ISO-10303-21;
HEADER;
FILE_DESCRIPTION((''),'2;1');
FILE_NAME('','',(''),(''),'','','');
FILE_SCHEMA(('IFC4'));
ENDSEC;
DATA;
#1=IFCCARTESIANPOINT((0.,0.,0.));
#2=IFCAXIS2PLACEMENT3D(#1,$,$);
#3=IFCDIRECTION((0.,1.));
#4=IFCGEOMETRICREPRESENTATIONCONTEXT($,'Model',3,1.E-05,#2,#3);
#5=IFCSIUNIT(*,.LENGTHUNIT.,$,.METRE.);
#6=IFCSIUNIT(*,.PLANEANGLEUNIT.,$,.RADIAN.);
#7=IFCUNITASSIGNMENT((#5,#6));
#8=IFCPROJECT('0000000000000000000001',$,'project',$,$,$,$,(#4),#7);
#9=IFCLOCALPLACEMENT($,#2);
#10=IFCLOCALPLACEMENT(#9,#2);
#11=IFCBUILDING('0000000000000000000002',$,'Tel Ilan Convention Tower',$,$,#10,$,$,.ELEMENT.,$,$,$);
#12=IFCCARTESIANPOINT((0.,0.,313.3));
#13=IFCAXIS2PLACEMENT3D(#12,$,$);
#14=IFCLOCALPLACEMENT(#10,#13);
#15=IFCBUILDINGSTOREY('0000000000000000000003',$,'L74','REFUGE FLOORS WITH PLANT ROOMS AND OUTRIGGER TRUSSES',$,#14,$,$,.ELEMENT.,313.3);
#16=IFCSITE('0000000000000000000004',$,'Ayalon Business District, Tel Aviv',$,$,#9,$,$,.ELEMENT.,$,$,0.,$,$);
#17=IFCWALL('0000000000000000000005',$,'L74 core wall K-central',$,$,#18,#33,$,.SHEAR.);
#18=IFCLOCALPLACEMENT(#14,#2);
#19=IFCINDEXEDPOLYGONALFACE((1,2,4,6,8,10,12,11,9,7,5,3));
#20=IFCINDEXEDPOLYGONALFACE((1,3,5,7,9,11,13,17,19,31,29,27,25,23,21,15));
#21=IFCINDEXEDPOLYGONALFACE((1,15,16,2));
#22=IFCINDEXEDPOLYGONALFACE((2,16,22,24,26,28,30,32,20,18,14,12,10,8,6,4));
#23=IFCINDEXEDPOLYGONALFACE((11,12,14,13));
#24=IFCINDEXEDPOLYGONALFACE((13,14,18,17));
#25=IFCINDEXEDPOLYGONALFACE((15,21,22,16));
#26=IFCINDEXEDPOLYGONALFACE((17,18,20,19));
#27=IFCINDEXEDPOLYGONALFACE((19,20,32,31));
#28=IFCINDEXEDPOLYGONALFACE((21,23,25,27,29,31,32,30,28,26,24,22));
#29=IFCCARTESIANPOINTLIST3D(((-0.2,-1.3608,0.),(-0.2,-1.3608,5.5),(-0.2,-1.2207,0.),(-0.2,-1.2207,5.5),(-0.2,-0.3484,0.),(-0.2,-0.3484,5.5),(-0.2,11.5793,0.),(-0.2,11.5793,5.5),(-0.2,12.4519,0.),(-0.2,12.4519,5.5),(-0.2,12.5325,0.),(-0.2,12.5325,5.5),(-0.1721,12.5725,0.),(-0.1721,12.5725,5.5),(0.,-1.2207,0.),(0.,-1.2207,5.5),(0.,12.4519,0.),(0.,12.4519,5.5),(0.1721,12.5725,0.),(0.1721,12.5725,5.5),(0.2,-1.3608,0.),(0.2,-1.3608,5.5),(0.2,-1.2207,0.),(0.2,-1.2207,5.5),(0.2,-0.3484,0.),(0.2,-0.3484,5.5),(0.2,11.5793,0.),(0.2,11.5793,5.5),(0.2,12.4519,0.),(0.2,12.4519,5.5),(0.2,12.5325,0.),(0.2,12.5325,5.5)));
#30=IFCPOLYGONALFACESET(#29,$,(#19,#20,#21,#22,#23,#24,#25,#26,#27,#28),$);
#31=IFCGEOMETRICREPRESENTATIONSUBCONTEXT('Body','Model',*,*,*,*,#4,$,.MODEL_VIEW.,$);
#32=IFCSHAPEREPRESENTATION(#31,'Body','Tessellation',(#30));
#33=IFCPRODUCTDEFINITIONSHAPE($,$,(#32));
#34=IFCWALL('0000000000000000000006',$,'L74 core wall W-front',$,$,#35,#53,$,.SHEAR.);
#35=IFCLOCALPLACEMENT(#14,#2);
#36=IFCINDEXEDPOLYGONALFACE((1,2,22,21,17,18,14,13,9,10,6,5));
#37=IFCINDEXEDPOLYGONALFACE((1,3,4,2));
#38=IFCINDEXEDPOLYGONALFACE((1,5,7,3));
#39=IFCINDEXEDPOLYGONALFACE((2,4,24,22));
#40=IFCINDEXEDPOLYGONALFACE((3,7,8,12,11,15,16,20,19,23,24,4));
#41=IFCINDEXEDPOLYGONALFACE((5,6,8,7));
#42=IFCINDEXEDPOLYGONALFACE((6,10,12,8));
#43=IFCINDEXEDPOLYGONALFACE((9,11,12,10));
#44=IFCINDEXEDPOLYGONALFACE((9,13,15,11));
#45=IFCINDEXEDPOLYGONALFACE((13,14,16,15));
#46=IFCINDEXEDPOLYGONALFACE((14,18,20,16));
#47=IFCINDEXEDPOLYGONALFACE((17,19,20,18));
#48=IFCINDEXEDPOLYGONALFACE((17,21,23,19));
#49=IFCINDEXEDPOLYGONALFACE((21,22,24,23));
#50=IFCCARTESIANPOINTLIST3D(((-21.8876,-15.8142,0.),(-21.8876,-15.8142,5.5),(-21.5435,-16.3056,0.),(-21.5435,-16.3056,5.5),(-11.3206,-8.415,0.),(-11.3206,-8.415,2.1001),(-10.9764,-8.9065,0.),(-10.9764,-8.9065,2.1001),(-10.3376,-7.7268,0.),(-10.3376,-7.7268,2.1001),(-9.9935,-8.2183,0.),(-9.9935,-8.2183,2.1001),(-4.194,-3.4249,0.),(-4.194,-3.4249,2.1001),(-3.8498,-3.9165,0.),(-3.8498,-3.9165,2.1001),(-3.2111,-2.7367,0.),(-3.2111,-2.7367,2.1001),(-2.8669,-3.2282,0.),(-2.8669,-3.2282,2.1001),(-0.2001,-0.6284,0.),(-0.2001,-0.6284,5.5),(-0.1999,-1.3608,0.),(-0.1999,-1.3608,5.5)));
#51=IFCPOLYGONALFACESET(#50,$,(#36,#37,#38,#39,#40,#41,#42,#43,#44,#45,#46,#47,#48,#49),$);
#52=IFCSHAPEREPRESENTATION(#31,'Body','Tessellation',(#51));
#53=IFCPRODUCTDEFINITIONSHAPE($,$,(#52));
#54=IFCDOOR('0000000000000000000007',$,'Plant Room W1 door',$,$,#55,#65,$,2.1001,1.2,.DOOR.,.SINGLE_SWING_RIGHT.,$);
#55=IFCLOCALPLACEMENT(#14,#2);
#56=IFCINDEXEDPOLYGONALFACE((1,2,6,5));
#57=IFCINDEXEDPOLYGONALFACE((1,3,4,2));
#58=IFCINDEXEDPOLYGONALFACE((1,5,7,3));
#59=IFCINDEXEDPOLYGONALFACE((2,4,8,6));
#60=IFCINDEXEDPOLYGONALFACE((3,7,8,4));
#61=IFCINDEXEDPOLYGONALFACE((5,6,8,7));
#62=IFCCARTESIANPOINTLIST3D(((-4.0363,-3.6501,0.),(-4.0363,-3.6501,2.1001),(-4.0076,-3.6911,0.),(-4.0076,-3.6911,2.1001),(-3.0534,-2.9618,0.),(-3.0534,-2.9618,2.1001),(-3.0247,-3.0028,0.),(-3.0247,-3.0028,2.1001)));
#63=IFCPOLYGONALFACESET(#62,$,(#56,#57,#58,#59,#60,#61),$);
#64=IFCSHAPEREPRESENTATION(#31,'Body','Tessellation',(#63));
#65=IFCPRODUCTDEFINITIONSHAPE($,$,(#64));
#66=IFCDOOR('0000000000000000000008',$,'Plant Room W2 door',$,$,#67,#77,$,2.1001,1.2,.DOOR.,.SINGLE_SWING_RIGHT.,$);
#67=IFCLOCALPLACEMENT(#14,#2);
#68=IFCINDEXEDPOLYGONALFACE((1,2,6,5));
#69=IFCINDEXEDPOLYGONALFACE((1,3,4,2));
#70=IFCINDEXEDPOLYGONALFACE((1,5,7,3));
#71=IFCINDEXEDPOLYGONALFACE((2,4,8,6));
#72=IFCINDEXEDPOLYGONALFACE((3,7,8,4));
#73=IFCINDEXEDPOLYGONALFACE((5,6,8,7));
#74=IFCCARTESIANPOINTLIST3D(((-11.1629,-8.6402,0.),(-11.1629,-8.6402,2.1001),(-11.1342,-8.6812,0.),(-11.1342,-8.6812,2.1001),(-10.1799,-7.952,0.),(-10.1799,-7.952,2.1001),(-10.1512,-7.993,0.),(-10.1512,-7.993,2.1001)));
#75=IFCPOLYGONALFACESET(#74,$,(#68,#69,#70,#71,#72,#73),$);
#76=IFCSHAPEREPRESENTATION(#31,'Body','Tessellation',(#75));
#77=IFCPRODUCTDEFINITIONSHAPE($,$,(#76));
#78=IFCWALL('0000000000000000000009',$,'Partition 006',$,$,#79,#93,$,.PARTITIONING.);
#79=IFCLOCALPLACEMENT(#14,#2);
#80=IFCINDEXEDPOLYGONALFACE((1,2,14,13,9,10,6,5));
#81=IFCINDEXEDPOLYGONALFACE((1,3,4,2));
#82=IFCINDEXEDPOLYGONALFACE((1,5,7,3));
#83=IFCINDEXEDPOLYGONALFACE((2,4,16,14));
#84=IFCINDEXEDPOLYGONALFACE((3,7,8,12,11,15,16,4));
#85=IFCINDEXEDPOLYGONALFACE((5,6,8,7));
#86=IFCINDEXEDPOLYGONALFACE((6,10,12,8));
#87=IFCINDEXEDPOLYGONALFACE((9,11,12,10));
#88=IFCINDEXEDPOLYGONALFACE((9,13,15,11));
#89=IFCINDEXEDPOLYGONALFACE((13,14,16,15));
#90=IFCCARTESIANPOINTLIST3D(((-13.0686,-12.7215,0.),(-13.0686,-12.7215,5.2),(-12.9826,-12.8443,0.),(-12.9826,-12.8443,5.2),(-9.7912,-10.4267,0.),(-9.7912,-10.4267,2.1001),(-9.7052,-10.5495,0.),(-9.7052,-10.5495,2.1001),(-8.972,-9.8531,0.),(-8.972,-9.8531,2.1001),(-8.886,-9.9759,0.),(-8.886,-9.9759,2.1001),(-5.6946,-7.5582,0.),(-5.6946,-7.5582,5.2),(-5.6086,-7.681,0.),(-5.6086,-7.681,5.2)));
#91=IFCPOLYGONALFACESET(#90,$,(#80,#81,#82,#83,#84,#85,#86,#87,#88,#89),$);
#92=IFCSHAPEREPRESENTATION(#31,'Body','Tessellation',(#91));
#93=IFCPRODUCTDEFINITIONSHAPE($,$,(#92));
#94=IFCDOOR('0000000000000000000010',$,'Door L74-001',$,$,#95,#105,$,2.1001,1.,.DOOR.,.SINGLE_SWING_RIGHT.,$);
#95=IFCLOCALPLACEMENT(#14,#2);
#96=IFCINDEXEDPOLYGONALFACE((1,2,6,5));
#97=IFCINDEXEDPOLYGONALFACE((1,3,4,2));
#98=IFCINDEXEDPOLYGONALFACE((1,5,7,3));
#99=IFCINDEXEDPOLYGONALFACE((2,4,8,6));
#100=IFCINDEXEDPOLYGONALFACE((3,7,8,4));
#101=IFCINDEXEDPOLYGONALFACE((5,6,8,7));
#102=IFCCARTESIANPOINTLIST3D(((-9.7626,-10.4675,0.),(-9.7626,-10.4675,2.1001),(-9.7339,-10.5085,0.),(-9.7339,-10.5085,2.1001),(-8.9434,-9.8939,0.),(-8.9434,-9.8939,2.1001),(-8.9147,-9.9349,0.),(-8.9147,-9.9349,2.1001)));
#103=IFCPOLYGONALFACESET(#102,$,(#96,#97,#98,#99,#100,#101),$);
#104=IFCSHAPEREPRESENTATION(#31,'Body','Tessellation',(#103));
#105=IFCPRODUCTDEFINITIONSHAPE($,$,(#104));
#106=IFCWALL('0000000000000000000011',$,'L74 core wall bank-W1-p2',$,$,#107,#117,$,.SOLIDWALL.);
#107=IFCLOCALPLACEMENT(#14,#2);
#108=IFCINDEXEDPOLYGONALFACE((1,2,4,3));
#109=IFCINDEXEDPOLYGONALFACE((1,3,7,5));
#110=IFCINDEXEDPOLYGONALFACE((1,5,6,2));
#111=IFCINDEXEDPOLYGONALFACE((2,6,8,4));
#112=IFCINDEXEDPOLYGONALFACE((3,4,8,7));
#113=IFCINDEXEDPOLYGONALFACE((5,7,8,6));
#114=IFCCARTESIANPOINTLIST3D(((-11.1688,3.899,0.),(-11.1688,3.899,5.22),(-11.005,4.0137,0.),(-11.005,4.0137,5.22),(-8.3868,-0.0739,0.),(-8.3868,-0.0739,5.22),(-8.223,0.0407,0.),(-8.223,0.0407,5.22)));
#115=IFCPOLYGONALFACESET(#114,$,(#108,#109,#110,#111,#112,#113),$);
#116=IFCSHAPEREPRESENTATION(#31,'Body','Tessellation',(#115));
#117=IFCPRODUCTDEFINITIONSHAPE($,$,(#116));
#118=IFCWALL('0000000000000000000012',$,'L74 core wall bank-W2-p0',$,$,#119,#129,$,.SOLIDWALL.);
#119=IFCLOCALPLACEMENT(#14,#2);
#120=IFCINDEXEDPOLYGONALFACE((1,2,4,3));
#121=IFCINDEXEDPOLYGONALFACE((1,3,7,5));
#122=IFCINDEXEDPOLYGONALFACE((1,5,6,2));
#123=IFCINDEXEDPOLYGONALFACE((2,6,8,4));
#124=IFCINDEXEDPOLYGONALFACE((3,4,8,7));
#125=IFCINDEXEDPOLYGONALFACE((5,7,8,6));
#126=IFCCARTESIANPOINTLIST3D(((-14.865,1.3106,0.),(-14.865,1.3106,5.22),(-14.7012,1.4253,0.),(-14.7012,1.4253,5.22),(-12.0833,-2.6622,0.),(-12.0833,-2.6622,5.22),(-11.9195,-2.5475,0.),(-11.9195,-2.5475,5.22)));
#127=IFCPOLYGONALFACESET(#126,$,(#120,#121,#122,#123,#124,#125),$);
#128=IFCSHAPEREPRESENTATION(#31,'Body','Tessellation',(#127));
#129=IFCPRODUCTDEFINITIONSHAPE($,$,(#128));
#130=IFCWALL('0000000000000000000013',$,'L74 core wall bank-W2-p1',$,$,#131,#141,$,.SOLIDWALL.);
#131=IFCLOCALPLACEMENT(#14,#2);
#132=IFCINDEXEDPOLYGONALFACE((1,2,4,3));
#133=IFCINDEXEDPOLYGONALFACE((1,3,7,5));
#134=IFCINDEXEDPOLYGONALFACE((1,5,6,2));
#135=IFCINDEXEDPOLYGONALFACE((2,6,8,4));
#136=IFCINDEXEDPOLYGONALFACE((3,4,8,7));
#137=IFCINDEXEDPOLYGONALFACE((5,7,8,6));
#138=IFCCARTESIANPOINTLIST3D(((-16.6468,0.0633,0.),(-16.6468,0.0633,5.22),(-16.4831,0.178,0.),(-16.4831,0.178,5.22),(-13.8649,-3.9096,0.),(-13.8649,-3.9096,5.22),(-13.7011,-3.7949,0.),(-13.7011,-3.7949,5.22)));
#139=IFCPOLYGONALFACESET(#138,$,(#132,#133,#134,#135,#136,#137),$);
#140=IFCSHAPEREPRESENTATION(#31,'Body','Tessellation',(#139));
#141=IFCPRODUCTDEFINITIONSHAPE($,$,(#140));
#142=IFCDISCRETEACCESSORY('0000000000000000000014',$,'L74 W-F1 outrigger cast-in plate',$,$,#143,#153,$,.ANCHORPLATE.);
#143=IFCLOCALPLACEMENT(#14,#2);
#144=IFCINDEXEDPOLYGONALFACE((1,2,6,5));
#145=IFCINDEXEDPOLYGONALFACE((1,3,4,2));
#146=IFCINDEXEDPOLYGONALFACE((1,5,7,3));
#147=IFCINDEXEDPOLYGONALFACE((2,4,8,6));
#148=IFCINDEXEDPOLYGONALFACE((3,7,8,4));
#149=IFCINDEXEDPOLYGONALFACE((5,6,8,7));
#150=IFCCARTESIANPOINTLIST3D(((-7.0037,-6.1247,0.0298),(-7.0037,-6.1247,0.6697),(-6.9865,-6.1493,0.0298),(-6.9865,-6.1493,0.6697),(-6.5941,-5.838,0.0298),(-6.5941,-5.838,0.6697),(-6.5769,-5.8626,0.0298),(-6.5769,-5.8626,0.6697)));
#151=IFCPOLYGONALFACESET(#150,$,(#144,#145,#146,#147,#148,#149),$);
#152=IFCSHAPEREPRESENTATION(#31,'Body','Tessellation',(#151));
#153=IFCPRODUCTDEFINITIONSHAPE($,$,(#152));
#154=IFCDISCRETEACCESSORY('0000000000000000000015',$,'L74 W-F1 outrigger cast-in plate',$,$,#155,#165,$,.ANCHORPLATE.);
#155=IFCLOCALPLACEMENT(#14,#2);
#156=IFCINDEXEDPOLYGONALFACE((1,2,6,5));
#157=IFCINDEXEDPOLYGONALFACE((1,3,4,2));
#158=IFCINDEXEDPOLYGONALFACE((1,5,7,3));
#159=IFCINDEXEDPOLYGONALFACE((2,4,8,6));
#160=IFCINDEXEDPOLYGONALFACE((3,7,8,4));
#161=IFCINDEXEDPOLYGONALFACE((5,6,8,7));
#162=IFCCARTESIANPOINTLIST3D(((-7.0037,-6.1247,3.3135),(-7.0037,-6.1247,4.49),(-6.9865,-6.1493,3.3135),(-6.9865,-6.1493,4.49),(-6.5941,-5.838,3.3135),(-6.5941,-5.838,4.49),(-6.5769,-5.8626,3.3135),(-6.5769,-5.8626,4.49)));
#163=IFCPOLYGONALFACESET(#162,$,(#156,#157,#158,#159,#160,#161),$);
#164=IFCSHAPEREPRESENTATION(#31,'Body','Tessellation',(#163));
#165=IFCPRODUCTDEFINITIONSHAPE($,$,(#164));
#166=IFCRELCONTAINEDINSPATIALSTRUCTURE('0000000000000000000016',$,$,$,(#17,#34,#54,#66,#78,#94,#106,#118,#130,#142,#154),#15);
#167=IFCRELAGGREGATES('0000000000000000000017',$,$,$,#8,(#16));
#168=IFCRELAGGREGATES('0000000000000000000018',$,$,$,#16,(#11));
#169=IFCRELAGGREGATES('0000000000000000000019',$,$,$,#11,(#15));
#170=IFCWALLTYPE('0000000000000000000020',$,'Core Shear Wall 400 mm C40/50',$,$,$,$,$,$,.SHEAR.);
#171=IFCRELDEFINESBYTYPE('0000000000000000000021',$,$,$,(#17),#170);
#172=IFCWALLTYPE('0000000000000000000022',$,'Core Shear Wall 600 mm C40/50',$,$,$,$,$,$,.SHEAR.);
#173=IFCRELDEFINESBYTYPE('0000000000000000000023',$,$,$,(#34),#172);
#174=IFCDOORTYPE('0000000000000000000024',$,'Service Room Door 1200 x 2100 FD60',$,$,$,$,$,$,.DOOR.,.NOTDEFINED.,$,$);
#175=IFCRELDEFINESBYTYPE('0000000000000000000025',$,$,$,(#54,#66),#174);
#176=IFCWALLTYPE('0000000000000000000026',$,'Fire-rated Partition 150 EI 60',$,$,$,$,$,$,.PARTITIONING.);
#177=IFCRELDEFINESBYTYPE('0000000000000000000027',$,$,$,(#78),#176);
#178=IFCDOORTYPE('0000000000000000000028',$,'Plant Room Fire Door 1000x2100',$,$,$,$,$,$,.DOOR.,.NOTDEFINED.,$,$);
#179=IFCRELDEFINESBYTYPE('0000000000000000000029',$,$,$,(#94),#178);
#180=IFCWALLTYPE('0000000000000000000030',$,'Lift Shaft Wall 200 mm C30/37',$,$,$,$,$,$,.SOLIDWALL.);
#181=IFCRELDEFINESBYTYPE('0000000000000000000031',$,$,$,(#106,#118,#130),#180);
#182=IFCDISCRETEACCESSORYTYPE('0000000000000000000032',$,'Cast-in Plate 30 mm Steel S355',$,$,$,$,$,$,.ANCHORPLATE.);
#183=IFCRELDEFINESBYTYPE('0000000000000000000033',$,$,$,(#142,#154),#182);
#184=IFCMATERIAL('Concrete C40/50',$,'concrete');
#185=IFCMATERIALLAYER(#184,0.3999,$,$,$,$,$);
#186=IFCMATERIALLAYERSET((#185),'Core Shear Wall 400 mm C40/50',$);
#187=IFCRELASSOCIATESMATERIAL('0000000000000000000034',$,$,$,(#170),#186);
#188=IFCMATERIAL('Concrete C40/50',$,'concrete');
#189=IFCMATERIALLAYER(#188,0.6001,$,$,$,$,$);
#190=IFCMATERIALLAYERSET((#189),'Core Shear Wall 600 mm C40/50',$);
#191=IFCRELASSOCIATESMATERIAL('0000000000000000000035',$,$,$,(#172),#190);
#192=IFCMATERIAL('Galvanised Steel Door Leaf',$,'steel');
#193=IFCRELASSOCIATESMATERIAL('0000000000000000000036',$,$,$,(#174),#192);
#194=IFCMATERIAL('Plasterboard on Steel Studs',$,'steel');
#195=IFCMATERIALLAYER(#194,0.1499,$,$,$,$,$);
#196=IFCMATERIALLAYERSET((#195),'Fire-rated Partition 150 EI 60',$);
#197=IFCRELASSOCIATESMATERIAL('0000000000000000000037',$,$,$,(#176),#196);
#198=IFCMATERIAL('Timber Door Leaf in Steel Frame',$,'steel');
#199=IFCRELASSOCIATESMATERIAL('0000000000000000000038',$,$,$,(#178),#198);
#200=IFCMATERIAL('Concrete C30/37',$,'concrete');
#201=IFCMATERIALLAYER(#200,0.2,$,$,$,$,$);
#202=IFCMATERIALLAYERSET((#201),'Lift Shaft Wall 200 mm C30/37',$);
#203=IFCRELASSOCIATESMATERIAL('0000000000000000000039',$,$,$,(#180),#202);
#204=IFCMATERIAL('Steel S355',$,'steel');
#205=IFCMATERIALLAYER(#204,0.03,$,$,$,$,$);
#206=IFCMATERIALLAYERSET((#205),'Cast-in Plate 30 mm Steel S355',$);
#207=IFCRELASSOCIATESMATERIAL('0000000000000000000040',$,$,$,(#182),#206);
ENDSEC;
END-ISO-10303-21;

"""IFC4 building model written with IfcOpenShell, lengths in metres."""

from ifc_helpers import new_model, si_unit, direction, frame, frame_2d, origin, origin_2d, place, context, subcontext, project, spatial, polyline, rectangle, outline, extrude, material, layer, layer_set, type_object, element, fill, save


model = new_model("IFC4")

# Units and contexts
model_context = context("Model", 3, precision=1e-05, world=origin(), true_north=direction((0.0, 1.0)))
body_context = subcontext(model_context, "Body", "Model", "MODEL_VIEW")
ifc_project = project(units=[si_unit("LENGTHUNIT", "METRE"), si_unit("PLANEANGLEUNIT", "RADIAN")], contexts=[model_context])

# Site, building, storey
site_placement = place(None, origin())
site = spatial("IfcSite", under=ifc_project, at=site_placement, Name="Ayalon Business District, Tel Aviv", CompositionType="ELEMENT", RefElevation=0.0)
building_placement = place(site_placement, origin())
building = spatial("IfcBuilding", under=site, at=building_placement, Name="Tel Ilan Convention Tower", CompositionType="ELEMENT")
storey_placement = place(building_placement, frame((0.0, 0.0, 313.3)))
storey = spatial("IfcBuildingStorey", under=building, at=storey_placement, Name="L74", Description="REFUGE FLOORS WITH PLANT ROOMS AND OUTRIGGER TRUSSES", CompositionType="ELEMENT", Elevation=313.3)

# Wall
ifc_material_1 = material(Name="Concrete C40/50", Category="concrete")
ifc_layer_1 = layer(ifc_material_1, 0.3999)
ifc_layer_set_1 = layer_set([ifc_layer_1], Name="Core Shear Wall 400 mm C40/50")
wall_type_1 = type_object("IfcWallType", Name="Core Shear Wall 400 mm C40/50", PredefinedType="SHEAR", material=ifc_layer_set_1)
wall_1_placement = place(storey_placement, frame((0.0, -1.3608, 0.0), z_axis=(0.0, 0.0, 1.0), x_axis=(0.0, 1.0, 0.0)))
element("IfcWall", 1, at=wall_1_placement, inside=storey, type_object=wall_type_1, Name="L74 core wall K-central", PredefinedType="SHEAR", context=body_context, shape_type="SweptSolid", body=[
    extrude(outline(polyline([(0.1401, 0.2), (0.0, 0.2), (0.1401, 0.0), (0.0, -0.2), (0.1401, -0.2), (1.0125, -0.2), (12.9402, -0.2), (13.8127, -0.2), (13.8933, -0.2), (13.9333, -0.1721), (13.8127, 0.0), (13.9333, 0.1721), (13.8933, 0.2), (13.8127, 0.2), (12.9402, 0.2), (1.0125, 0.2), (0.1401, 0.2)])), origin(), (0.0, 0.0, 1.0), 5.5),
])

# Wall, openings, doors
ifc_material_2 = material(Name="Concrete C40/50", Category="concrete")
ifc_layer_2 = layer(ifc_material_2, 0.6001)
ifc_layer_set_2 = layer_set([ifc_layer_2], Name="Core Shear Wall 600 mm C40/50")
wall_type_2 = type_object("IfcWallType", Name="Core Shear Wall 600 mm C40/50", PredefinedType="SHEAR", material=ifc_layer_set_2)
wall_2_placement = place(storey_placement, frame((-0.0278, -0.874, 0.0), z_axis=(0.0, 0.0, 1.0), x_axis=(-0.81915, -0.573579, 0.0)))
wall_2 = element("IfcWall", 2, at=wall_2_placement, inside=storey, type_object=wall_type_2, Name="L74 core wall W-front", PredefinedType="SHEAR", context=body_context, shape_type="SweptSolid", body=[
    extrude(outline(polyline([(26.4758, 0.2998), (0.4202, 0.3), (0.0002, -0.3), (26.4758, -0.3), (26.4758, 0.2998)])), origin(), (0.0, 0.0, 1.0), 5.5),
])
opening_1_placement = place(wall_2_placement, frame((3.6758, 0.0, 0.0)))
opening_1 = element("IfcOpeningElement", 3, at=opening_1_placement, cuts=wall_2, PredefinedType="OPENING", context=body_context, shape_type="SweptSolid", body=[
    extrude(rectangle(XDim=1.2, YDim=2.1001, at=frame_2d((0.6001, 1.05))), frame((0.0, 0.3101, 0.0), z_axis=(0.0, -1.0, 0.0), x_axis=(1.0, 0.0, 0.0)), (0.0, 0.0, 1.0), 0.6201),
])
opening_2_placement = place(wall_2_placement, frame((12.3757, 0.0, 0.0)))
opening_2 = element("IfcOpeningElement", 4, at=opening_2_placement, cuts=wall_2, PredefinedType="OPENING", context=body_context, shape_type="SweptSolid", body=[
    extrude(rectangle(XDim=1.2, YDim=2.1001, at=frame_2d((0.6001, 1.05))), frame((0.0, 0.3101, 0.0), z_axis=(0.0, -1.0, 0.0), x_axis=(1.0, 0.0, 0.0)), (0.0, 0.0, 1.0), 0.6201),
])
ifc_material_3 = material(Name="Galvanised Steel Door Leaf", Category="steel")
door_type_1 = type_object("IfcDoorType", Name="Service Room Door 1200 x 2100 FD60", OperationType="NOTDEFINED", PredefinedType="DOOR", material=ifc_material_3)
door_1_placement = place(opening_1_placement, origin())
door_1 = element("IfcDoor", 5, at=door_1_placement, inside=storey, type_object=door_type_1, Name="Plant Room W1 door", OperationType="SINGLE_SWING_RIGHT", OverallHeight=2.1001, OverallWidth=1.2, PredefinedType="DOOR", context=body_context, shape_type="SweptSolid", body=[
    extrude(rectangle(XDim=1.2, YDim=2.1001, at=frame_2d((0.6001, 1.05))), frame((0.0, 0.0249, 0.0), z_axis=(0.0, -1.0, 0.0), x_axis=(1.0, 0.0, 0.0)), (0.0, 0.0, 1.0), 0.05),
])
fill(opening_1, door_1)
door_2_placement = place(opening_2_placement, origin())
door_2 = element("IfcDoor", 6, at=door_2_placement, inside=storey, type_object=door_type_1, Name="Plant Room W2 door", OperationType="SINGLE_SWING_RIGHT", OverallHeight=2.1001, OverallWidth=1.2, PredefinedType="DOOR", context=body_context, shape_type="SweptSolid", body=[
    extrude(rectangle(XDim=1.2, YDim=2.1001, at=frame_2d((0.6001, 1.05))), frame((0.0, 0.0249, 0.0), z_axis=(0.0, -1.0, 0.0), x_axis=(1.0, 0.0, 0.0)), (0.0, 0.0, 1.0), 0.05),
])
fill(opening_2, door_2)

# Wall, opening, door
ifc_material_4 = material(Name="Plasterboard on Steel Studs", Category="steel")
ifc_layer_3 = layer(ifc_material_4, 0.1499)
ifc_layer_set_3 = layer_set([ifc_layer_3], Name="Fire-rated Partition 150 EI 60")
wall_type_3 = type_object("IfcWallType", Name="Fire-rated Partition 150 EI 60", PredefinedType="PARTITIONING", material=ifc_layer_set_3)
wall_3_placement = place(storey_placement, frame((-5.6516, -7.6196, 0.0), z_axis=(0.0, 0.0, 1.0), x_axis=(-0.819153, -0.573575, 0.0)))
wall_3 = element("IfcWall", 7, at=wall_3_placement, inside=storey, type_object=wall_type_3, Name="Partition 006", PredefinedType="PARTITIONING", context=body_context, shape_type="SweptSolid", body=[
    extrude(rectangle(XDim=9.002, YDim=0.1499, at=frame_2d((4.501, 0.0))), origin(), (0.0, 0.0, 1.0), 5.2),
])
opening_3_placement = place(wall_3_placement, frame((4.001, 0.0, 0.0)))
opening_3 = element("IfcOpeningElement", 8, at=opening_3_placement, cuts=wall_3, PredefinedType="OPENING", context=body_context, shape_type="SweptSolid", body=[
    extrude(rectangle(XDim=1.0, YDim=2.1001, at=frame_2d((0.5, 1.05))), frame((0.0, 0.085, 0.0), z_axis=(0.0, -1.0, 0.0), x_axis=(1.0, 0.0, 0.0)), (0.0, 0.0, 1.0), 0.1699),
])
ifc_material_5 = material(Name="Timber Door Leaf in Steel Frame", Category="steel")
door_type_2 = type_object("IfcDoorType", Name="Plant Room Fire Door 1000x2100", OperationType="NOTDEFINED", PredefinedType="DOOR", material=ifc_material_5)
door_3_placement = place(opening_3_placement, origin())
door_3 = element("IfcDoor", 9, at=door_3_placement, inside=storey, type_object=door_type_2, Name="Door L74-001", OperationType="SINGLE_SWING_RIGHT", OverallHeight=2.1001, OverallWidth=1.0, PredefinedType="DOOR", context=body_context, shape_type="SweptSolid", body=[
    extrude(rectangle(XDim=1.0, YDim=2.1001, at=frame_2d((0.5, 1.05))), frame((0.0, 0.0249, 0.0), z_axis=(0.0, -1.0, 0.0), x_axis=(1.0, 0.0, 0.0)), (0.0, 0.0, 1.0), 0.05),
])
fill(opening_3, door_3)

# Walls
ifc_material_6 = material(Name="Concrete C30/37", Category="concrete")
ifc_layer_4 = layer(ifc_material_6, 0.2)
ifc_layer_set_4 = layer_set([ifc_layer_4], Name="Lift Shaft Wall 200 mm C30/37")
wall_type_4 = type_object("IfcWallType", Name="Lift Shaft Wall 200 mm C30/37", PredefinedType="SOLIDWALL", material=ifc_layer_set_4)
wall_4_placement = place(storey_placement, frame((-8.3049, -0.0166, 0.0), z_axis=(0.0, 0.0, 1.0), x_axis=(-0.573594, 0.81914, 0.0)))
element("IfcWall", 10, at=wall_4_placement, inside=storey, type_object=wall_type_4, Name="L74 core wall bank-W1-p2", PredefinedType="SOLIDWALL", context=body_context, shape_type="SweptSolid", body=[
    extrude(rectangle(XDim=4.8501, YDim=0.2, at=frame_2d((2.425, 0.0))), origin(), (0.0, 0.0, 1.0), 5.22),
])
wall_5_placement = place(storey_placement, frame((-12.0015, -2.6047, 0.0), z_axis=(0.0, 0.0, 1.0), x_axis=(-0.57356, 0.819163, 0.0)))
element("IfcWall", 11, at=wall_5_placement, inside=storey, type_object=wall_type_4, Name="L74 core wall bank-W2-p0", PredefinedType="SOLIDWALL", context=body_context, shape_type="SweptSolid", body=[
    extrude(rectangle(XDim=4.8499, YDim=0.2, at=frame_2d((2.4248, 0.0))), origin(), (0.0, 0.0, 1.0), 5.22),
])
wall_6_placement = place(storey_placement, frame((-13.783, -3.8523, 0.0), z_axis=(0.0, 0.0, 1.0), x_axis=(-0.573594, 0.81914, 0.0)))
element("IfcWall", 12, at=wall_6_placement, inside=storey, type_object=wall_type_4, Name="L74 core wall bank-W2-p1", PredefinedType="SOLIDWALL", context=body_context, shape_type="SweptSolid", body=[
    extrude(rectangle(XDim=4.8501, YDim=0.2, at=frame_2d((2.425, 0.0))), origin(), (0.0, 0.0, 1.0), 5.22),
])

# Discrete accessories
ifc_material_7 = material(Name="Steel S355", Category="steel")
ifc_layer_5 = layer(ifc_material_7, 0.03)
ifc_layer_set_5 = layer_set([ifc_layer_5], Name="Cast-in Plate 30 mm Steel S355")
discrete_accessory_type_1 = type_object("IfcDiscreteAccessoryType", Name="Cast-in Plate 30 mm Steel S355", PredefinedType="ANCHORPLATE", material=ifc_layer_set_5)
discrete_accessory_1_placement = place(storey_placement, frame((-6.7903, -5.9937, 0.0298), z_axis=(0.0, 0.0, 1.0), x_axis=(-0.573576, 0.819152, 0.0)))
element("IfcDiscreteAccessory", 13, at=discrete_accessory_1_placement, inside=storey, type_object=discrete_accessory_type_1, Name="L74 W-F1 outrigger cast-in plate", PredefinedType="ANCHORPLATE", context=body_context, shape_type="SweptSolid", body=[
    extrude(rectangle(XDim=0.03, YDim=0.5, at=origin_2d()), origin(), (0.0, 0.0, 1.0), 0.6399),
])
discrete_accessory_2_placement = place(storey_placement, frame((-6.7903, -5.9937, 3.3135), z_axis=(0.0, 0.0, 1.0), x_axis=(-0.573576, 0.819152, 0.0)))
element("IfcDiscreteAccessory", 14, at=discrete_accessory_2_placement, inside=storey, type_object=discrete_accessory_type_1, Name="L74 W-F1 outrigger cast-in plate", PredefinedType="ANCHORPLATE", context=body_context, shape_type="SweptSolid", body=[
    extrude(rectangle(XDim=0.03, YDim=0.5, at=origin_2d()), origin(), (0.0, 0.0, 1.0), 1.1765),
])

save(model, "model.ifc")
